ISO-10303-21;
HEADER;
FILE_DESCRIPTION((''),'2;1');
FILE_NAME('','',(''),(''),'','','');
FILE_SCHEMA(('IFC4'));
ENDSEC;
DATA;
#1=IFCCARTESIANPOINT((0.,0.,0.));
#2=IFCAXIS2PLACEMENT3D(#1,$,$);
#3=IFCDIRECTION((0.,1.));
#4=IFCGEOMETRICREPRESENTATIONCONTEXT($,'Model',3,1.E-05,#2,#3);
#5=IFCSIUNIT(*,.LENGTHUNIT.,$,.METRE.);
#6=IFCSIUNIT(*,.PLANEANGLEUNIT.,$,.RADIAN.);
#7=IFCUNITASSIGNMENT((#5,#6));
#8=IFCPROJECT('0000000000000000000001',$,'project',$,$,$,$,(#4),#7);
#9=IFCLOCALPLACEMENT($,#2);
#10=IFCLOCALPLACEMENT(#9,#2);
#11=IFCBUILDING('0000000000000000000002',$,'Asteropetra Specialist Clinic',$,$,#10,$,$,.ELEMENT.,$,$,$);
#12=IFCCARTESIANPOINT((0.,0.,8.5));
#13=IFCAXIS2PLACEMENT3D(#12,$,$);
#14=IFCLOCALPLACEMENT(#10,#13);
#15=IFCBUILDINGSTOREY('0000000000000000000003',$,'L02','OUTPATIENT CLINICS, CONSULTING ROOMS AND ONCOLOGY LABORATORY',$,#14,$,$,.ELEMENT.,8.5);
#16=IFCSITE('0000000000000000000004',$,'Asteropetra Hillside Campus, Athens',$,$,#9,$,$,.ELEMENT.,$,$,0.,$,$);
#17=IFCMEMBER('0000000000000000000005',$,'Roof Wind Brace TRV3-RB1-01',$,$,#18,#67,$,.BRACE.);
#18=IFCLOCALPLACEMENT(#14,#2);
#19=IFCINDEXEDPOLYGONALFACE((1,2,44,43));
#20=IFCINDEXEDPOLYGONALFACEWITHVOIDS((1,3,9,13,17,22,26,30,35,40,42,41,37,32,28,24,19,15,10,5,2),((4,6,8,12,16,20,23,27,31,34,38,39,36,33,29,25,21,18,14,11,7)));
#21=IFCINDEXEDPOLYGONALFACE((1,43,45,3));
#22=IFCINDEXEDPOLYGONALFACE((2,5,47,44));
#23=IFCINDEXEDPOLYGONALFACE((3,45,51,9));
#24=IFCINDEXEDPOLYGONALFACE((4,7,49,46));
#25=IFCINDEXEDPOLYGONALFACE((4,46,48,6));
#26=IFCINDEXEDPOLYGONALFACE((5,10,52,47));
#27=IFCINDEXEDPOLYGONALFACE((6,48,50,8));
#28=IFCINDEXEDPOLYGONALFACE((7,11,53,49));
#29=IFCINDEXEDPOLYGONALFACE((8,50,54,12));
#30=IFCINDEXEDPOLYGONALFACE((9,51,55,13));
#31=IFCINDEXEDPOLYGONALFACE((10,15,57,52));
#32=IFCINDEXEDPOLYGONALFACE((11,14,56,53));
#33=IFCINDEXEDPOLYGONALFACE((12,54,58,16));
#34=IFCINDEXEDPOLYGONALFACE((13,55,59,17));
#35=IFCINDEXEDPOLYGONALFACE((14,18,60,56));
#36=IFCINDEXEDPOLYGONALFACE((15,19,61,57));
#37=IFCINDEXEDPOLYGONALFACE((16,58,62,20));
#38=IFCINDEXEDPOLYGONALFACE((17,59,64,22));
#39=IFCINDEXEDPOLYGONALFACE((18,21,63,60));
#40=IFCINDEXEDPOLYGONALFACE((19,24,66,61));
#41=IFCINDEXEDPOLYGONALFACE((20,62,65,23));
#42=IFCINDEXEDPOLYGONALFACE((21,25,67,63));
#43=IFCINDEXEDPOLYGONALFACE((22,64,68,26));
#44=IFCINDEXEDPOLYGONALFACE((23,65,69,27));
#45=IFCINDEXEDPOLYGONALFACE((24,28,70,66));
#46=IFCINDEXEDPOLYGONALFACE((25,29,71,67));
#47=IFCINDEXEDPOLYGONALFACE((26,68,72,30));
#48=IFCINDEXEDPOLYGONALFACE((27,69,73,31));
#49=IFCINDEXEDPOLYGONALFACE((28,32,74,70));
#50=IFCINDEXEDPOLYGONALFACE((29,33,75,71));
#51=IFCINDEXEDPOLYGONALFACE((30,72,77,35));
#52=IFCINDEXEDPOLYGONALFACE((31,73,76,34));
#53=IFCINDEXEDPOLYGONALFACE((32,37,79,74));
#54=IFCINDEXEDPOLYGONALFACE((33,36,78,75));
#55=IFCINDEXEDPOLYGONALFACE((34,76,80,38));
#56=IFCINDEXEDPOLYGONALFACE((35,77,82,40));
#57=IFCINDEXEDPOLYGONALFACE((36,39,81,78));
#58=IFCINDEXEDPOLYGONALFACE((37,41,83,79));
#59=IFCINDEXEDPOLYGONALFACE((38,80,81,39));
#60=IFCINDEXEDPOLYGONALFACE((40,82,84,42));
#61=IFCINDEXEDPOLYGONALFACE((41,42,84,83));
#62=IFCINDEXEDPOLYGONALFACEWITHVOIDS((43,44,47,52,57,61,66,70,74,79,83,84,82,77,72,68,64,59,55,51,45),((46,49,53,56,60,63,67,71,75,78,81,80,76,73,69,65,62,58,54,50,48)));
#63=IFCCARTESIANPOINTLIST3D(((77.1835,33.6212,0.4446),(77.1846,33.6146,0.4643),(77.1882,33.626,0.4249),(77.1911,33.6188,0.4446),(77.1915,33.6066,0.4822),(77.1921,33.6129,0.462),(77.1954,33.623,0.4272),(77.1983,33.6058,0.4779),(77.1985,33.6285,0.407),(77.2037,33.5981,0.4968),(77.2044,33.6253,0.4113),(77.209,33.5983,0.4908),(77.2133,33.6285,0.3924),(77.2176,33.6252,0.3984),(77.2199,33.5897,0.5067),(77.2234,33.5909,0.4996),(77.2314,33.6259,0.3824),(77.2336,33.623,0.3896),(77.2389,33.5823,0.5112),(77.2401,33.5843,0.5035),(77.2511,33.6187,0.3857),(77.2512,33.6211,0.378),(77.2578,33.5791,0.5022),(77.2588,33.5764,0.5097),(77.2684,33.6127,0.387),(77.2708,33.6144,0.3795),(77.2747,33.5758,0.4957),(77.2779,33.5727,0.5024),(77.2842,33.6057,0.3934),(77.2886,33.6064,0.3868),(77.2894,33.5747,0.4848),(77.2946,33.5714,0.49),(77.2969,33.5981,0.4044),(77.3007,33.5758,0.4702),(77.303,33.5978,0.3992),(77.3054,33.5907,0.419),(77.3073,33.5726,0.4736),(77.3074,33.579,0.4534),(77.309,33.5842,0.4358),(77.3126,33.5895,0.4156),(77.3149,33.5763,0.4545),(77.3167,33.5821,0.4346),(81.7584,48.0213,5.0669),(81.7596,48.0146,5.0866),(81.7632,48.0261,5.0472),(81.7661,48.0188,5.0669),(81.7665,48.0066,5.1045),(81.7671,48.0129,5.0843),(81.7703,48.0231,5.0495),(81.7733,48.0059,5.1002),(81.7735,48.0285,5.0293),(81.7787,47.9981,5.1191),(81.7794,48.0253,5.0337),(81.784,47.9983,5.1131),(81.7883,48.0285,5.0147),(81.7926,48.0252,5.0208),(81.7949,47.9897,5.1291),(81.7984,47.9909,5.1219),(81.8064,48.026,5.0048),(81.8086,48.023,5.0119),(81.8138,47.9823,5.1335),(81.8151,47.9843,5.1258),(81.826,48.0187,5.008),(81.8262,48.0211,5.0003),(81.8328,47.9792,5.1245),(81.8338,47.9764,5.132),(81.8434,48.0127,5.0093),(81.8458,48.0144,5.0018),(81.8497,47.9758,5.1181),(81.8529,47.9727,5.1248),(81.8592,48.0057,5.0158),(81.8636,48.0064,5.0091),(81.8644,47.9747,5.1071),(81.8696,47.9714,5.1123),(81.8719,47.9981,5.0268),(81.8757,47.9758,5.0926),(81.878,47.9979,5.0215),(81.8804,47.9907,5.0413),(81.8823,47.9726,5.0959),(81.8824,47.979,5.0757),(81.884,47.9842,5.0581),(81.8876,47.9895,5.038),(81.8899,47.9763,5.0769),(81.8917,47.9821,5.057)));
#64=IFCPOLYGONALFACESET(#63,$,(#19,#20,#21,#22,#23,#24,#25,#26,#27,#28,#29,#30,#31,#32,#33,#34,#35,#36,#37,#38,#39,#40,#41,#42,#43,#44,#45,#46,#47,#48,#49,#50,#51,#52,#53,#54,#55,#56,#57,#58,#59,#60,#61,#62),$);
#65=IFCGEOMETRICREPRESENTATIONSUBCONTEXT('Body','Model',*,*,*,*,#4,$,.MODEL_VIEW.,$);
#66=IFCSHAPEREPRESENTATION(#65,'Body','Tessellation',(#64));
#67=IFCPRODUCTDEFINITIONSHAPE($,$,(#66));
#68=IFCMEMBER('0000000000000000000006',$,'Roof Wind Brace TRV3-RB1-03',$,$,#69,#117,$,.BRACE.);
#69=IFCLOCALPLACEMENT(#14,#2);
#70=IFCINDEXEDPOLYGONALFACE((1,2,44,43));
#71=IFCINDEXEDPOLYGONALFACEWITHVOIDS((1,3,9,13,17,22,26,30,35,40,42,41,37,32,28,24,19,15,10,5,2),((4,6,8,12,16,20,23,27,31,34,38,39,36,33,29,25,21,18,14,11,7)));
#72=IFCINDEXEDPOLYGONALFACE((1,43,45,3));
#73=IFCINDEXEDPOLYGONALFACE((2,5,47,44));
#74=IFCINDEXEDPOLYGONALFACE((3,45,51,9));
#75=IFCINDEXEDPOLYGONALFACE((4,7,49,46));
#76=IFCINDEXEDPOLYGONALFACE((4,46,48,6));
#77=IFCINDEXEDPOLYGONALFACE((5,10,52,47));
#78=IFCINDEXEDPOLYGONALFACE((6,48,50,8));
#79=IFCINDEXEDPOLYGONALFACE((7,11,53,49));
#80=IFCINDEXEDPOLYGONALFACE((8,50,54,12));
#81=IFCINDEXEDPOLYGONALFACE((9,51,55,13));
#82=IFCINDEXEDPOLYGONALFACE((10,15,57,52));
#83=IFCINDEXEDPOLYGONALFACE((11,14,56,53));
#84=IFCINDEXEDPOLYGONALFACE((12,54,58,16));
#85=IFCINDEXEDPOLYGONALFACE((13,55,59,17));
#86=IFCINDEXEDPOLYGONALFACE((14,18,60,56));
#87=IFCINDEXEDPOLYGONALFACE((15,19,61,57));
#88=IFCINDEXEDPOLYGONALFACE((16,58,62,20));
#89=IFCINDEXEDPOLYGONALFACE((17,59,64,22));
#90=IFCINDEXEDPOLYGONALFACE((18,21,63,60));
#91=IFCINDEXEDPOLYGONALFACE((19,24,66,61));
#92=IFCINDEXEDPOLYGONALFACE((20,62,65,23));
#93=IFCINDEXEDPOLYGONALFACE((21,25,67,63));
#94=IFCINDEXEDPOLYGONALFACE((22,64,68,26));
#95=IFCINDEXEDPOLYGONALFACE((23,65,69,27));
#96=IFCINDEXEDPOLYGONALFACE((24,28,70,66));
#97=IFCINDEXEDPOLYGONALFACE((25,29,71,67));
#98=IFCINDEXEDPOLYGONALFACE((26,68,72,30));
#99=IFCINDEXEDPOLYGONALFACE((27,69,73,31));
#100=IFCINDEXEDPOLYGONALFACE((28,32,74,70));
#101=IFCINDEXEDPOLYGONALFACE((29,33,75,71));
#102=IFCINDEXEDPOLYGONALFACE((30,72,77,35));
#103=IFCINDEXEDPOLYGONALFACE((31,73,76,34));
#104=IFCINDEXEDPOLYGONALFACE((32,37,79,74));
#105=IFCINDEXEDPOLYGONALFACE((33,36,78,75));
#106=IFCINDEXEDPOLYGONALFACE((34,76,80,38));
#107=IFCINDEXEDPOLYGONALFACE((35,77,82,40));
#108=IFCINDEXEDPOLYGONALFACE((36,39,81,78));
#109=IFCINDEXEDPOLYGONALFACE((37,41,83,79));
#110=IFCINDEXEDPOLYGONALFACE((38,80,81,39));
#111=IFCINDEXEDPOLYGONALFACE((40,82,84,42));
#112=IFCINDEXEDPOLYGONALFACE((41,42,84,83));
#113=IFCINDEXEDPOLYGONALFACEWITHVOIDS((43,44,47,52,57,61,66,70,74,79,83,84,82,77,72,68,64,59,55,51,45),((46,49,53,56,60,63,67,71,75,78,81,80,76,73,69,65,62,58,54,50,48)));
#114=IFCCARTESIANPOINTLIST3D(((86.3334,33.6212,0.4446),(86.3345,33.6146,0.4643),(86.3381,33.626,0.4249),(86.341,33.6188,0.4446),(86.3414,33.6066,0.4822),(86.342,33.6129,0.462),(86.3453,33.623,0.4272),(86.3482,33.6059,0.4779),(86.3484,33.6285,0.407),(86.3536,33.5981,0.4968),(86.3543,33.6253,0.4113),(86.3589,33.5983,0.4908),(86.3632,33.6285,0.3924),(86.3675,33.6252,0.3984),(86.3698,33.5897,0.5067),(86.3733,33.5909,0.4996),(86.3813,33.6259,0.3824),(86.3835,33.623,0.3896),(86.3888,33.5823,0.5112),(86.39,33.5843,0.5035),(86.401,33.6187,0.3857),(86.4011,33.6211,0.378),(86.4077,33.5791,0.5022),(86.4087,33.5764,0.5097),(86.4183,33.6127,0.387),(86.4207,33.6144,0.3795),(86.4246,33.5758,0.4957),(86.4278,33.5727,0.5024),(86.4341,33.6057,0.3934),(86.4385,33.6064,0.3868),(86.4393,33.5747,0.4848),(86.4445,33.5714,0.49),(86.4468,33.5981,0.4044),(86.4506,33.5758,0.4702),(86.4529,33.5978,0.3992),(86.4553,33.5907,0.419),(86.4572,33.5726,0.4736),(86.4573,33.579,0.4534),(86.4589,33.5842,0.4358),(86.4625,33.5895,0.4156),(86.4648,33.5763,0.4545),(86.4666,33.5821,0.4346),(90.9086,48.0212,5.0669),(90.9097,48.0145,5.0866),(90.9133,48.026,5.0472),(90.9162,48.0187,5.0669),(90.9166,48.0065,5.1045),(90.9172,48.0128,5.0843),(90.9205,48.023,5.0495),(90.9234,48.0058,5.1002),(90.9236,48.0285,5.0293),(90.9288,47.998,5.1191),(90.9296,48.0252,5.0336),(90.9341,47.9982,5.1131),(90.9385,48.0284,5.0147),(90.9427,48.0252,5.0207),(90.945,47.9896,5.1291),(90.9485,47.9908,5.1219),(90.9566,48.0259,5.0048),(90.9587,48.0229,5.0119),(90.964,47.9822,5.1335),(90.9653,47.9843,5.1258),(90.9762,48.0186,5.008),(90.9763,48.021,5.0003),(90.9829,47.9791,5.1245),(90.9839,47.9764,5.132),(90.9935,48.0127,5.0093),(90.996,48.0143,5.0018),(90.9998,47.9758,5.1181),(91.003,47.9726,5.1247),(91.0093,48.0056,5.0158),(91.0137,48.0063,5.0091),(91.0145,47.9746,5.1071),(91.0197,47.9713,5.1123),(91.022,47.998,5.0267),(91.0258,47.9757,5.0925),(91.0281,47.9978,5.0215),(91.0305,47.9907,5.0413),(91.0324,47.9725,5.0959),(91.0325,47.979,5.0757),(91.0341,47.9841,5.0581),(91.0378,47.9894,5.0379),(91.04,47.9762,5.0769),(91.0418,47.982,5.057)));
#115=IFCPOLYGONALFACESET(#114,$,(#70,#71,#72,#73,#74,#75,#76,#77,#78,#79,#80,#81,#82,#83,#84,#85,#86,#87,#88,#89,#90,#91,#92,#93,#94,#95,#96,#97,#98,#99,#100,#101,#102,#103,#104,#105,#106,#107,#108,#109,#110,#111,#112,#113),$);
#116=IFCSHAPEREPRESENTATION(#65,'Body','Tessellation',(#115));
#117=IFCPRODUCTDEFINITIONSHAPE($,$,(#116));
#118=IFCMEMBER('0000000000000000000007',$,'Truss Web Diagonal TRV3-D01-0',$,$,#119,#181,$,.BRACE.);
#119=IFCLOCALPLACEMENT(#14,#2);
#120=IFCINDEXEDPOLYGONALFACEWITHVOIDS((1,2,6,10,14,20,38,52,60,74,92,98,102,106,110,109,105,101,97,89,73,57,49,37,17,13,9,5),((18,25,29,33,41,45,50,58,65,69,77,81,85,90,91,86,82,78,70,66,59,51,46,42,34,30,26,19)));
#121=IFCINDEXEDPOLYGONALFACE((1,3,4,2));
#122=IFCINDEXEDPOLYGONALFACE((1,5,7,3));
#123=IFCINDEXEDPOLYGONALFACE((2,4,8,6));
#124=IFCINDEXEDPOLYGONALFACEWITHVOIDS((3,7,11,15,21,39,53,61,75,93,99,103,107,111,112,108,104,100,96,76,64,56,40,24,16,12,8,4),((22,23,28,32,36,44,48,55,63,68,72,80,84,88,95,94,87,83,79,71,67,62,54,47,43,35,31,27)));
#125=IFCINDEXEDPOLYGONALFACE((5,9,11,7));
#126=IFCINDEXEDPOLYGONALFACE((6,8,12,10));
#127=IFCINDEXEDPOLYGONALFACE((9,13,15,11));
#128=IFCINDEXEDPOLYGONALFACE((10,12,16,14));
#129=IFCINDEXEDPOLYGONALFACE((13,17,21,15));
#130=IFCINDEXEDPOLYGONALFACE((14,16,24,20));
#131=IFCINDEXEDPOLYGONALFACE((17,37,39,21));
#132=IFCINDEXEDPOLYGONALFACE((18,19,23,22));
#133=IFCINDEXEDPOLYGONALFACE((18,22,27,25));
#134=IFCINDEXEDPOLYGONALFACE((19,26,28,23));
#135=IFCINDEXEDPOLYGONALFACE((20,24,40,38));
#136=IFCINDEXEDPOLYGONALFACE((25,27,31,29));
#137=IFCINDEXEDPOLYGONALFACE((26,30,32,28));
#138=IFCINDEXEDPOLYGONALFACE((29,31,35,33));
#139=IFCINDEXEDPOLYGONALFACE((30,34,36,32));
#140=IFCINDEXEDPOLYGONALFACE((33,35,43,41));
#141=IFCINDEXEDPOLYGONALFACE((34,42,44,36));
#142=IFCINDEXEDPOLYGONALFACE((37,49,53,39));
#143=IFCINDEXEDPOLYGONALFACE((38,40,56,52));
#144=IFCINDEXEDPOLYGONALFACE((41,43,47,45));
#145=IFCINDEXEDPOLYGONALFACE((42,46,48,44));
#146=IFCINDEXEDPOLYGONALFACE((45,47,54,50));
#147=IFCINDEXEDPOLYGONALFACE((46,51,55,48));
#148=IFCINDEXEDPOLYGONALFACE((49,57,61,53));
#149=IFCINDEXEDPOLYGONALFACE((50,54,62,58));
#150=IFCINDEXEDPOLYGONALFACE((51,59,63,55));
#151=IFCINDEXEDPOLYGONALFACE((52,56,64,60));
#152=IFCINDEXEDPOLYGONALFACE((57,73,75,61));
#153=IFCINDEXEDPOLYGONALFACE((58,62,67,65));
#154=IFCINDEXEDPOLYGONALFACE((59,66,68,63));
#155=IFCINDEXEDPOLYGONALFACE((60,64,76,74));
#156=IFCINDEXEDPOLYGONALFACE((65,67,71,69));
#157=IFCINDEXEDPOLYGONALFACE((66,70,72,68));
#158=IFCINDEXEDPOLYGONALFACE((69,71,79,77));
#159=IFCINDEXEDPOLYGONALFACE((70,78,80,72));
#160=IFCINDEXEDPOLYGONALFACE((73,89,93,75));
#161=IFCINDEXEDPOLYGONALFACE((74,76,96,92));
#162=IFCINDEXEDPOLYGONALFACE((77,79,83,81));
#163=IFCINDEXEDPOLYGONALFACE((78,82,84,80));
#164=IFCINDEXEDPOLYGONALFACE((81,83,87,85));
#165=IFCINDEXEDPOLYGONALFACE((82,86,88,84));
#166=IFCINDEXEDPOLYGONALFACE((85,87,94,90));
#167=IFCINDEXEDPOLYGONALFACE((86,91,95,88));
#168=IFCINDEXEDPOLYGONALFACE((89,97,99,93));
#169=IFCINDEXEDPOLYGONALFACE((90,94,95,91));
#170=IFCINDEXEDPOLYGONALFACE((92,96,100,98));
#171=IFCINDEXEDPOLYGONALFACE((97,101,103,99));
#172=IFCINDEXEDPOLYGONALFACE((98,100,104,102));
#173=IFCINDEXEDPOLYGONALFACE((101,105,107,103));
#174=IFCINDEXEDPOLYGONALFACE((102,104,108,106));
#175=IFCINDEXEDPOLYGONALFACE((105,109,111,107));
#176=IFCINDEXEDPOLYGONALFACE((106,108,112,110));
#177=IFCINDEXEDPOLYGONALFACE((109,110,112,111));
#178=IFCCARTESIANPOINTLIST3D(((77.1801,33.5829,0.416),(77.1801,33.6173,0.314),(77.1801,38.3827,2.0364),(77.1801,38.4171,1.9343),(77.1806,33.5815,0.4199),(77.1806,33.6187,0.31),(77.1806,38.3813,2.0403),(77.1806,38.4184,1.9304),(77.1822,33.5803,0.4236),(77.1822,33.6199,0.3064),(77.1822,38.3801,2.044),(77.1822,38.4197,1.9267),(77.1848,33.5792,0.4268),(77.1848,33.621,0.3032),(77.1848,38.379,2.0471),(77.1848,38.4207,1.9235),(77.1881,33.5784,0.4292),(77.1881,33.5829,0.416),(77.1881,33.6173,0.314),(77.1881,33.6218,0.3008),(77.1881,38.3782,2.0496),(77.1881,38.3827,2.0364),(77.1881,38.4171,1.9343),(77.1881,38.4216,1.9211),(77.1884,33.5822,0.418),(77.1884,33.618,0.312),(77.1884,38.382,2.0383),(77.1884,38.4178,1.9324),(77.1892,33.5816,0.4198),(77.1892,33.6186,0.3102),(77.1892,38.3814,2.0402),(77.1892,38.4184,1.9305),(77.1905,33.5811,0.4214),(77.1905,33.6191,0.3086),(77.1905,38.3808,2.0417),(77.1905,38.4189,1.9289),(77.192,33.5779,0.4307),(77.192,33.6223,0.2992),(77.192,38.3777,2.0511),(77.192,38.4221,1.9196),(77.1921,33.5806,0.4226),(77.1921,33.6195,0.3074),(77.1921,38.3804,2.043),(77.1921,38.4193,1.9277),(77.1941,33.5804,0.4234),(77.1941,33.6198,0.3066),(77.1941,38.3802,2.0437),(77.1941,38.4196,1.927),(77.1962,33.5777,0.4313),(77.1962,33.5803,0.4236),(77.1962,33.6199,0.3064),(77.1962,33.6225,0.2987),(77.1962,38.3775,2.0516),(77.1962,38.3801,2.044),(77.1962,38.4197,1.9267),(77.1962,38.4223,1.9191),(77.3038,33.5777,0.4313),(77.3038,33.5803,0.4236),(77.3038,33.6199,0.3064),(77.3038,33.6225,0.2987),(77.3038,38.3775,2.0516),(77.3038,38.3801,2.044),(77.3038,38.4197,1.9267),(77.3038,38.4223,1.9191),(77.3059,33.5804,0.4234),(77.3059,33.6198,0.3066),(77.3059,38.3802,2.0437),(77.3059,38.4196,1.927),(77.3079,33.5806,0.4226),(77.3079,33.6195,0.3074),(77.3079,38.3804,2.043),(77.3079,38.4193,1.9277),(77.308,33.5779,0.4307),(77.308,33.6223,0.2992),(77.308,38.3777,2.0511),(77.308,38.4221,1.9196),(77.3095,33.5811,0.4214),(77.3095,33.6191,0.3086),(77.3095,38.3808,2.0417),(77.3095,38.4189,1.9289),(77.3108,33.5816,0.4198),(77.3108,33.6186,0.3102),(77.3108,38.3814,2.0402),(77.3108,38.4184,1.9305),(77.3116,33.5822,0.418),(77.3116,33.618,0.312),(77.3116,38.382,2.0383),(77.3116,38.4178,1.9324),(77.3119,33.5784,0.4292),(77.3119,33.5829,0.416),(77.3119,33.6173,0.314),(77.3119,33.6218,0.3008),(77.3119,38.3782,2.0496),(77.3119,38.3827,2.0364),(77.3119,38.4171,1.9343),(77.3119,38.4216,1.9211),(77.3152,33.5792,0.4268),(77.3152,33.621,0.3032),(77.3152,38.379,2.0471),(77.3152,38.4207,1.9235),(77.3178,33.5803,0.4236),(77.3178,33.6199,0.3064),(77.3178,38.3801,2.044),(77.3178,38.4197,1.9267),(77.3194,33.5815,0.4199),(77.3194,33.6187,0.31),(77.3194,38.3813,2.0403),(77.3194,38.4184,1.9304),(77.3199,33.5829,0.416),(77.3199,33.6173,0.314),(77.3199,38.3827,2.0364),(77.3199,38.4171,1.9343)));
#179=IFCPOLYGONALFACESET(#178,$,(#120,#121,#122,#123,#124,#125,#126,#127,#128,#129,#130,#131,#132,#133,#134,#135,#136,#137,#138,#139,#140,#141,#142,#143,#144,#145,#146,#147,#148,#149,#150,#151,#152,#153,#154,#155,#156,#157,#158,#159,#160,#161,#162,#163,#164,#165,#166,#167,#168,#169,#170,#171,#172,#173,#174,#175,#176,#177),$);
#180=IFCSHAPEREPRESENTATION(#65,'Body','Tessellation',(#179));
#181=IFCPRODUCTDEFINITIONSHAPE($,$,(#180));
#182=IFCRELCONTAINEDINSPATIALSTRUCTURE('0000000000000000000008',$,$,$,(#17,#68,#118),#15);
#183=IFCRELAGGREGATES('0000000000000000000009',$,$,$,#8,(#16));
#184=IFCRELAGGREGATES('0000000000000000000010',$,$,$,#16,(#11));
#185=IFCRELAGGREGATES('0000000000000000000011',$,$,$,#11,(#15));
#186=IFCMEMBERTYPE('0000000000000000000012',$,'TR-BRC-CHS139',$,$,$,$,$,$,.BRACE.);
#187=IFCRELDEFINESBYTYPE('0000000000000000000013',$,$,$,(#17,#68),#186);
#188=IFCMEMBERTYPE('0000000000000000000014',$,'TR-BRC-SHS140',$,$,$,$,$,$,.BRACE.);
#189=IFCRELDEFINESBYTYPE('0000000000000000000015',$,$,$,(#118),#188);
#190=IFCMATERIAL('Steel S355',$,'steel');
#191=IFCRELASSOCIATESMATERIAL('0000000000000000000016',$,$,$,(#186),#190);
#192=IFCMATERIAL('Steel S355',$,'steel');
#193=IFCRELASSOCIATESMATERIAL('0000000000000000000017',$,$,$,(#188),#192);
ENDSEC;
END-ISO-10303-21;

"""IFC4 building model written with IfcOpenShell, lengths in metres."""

from ifc_helpers import new_model, si_unit, direction, frame, origin, origin_2d, place, context, subcontext, project, spatial, hollow_rectangle, hollow_circle, extrude, material, material_profile, profile_set, type_object, element, save


model = new_model("IFC4")

# Units and contexts
model_context = context("Model", 3, precision=1e-05, world=origin(), true_north=direction((0.0, 1.0)))
body_context = subcontext(model_context, "Body", "Model", "MODEL_VIEW")
ifc_project = project(units=[si_unit("LENGTHUNIT", "METRE"), si_unit("PLANEANGLEUNIT", "RADIAN")], contexts=[model_context])

# Site, building, storey
site_placement = place(None, origin())
site = spatial("IfcSite", under=ifc_project, at=site_placement, Name="Asteropetra Hillside Campus, Athens", CompositionType="ELEMENT", RefElevation=0.0)
building_placement = place(site_placement, origin())
building = spatial("IfcBuilding", under=site, at=building_placement, Name="Asteropetra Specialist Clinic", CompositionType="ELEMENT")
storey_placement = place(building_placement, frame((0.0, 0.0, 8.5)))
storey = spatial("IfcBuildingStorey", under=building, at=storey_placement, Name="L02", Description="OUTPATIENT CLINICS, CONSULTING ROOMS AND ONCOLOGY LABORATORY", CompositionType="ELEMENT", Elevation=8.5)

# Members
ifc_material_1 = material(Name="Steel S355", Category="steel")
ifc_material_profile_1 = material_profile(ifc_material_1, hollow_circle(Radius=0.0698, WallThickness=0.0081, at=origin_2d()), Name="CHS 139.7x8.0")
ifc_profile_set_1 = profile_set([ifc_material_profile_1], Name="Steel S355")
member_type_1 = type_object("IfcMemberType", Name="TR-BRC-CHS139", PredefinedType="BRACE", material=ifc_profile_set_1)
for number, where, z_axis, x_axis, name in (
    (1, (77.25, 33.6001, 0.4446), (0.289546, 0.911362, 0.292544), (-0.953056, 0.302793, 0.0), "Roof Wind Brace TRV3-RB1-01"),
    (2, (86.3999, 33.6001, 0.4446), (0.28956, 0.911358, 0.292543), (-0.953052, 0.302807, 0.0), "Roof Wind Brace TRV3-RB1-03"),
):
    element("IfcMember", number, at=place(storey_placement, frame(where, z_axis=z_axis, x_axis=x_axis)), inside=storey, type_object=member_type_1, Name=name, PredefinedType="BRACE", context=body_context, shape_type="SweptSolid", body=[
        extrude(hollow_circle(Radius=0.0698, WallThickness=0.0081, at=origin_2d()), origin(), (0.0, 0.0, 1.0), 15.8005),
    ])
ifc_material_2 = material(Name="Steel S355", Category="steel")
ifc_material_profile_2 = material_profile(ifc_material_2, hollow_rectangle(XDim=0.1399, YDim=0.1399, WallThickness=0.0081, InnerFilletRadius=0.0081, OuterFilletRadius=0.0161, at=origin_2d()), Name="SHS 140x140x8.0")
ifc_profile_set_2 = profile_set([ifc_material_profile_2], Name="Steel S355")
member_type_2 = type_object("IfcMemberType", Name="TR-BRC-SHS140", PredefinedType="BRACE", material=ifc_profile_set_2)
member_1_placement = place(storey_placement, frame((77.25, 33.6001, 0.365), z_axis=(0.0, 0.947467, 0.319854), x_axis=(-1.0, 0.0, 0.0)))
element("IfcMember", 3, at=member_1_placement, inside=storey, type_object=member_type_2, Name="Truss Web Diagonal TRV3-D01-0", PredefinedType="BRACE", context=body_context, shape_type="SweptSolid", body=[
    extrude(hollow_rectangle(XDim=0.1399, YDim=0.1399, WallThickness=0.0081, InnerFilletRadius=0.0081, OuterFilletRadius=0.0161, at=origin_2d()), origin(), (0.0, 0.0, 1.0), 5.0659),
])

save(model, "model.ifc")
